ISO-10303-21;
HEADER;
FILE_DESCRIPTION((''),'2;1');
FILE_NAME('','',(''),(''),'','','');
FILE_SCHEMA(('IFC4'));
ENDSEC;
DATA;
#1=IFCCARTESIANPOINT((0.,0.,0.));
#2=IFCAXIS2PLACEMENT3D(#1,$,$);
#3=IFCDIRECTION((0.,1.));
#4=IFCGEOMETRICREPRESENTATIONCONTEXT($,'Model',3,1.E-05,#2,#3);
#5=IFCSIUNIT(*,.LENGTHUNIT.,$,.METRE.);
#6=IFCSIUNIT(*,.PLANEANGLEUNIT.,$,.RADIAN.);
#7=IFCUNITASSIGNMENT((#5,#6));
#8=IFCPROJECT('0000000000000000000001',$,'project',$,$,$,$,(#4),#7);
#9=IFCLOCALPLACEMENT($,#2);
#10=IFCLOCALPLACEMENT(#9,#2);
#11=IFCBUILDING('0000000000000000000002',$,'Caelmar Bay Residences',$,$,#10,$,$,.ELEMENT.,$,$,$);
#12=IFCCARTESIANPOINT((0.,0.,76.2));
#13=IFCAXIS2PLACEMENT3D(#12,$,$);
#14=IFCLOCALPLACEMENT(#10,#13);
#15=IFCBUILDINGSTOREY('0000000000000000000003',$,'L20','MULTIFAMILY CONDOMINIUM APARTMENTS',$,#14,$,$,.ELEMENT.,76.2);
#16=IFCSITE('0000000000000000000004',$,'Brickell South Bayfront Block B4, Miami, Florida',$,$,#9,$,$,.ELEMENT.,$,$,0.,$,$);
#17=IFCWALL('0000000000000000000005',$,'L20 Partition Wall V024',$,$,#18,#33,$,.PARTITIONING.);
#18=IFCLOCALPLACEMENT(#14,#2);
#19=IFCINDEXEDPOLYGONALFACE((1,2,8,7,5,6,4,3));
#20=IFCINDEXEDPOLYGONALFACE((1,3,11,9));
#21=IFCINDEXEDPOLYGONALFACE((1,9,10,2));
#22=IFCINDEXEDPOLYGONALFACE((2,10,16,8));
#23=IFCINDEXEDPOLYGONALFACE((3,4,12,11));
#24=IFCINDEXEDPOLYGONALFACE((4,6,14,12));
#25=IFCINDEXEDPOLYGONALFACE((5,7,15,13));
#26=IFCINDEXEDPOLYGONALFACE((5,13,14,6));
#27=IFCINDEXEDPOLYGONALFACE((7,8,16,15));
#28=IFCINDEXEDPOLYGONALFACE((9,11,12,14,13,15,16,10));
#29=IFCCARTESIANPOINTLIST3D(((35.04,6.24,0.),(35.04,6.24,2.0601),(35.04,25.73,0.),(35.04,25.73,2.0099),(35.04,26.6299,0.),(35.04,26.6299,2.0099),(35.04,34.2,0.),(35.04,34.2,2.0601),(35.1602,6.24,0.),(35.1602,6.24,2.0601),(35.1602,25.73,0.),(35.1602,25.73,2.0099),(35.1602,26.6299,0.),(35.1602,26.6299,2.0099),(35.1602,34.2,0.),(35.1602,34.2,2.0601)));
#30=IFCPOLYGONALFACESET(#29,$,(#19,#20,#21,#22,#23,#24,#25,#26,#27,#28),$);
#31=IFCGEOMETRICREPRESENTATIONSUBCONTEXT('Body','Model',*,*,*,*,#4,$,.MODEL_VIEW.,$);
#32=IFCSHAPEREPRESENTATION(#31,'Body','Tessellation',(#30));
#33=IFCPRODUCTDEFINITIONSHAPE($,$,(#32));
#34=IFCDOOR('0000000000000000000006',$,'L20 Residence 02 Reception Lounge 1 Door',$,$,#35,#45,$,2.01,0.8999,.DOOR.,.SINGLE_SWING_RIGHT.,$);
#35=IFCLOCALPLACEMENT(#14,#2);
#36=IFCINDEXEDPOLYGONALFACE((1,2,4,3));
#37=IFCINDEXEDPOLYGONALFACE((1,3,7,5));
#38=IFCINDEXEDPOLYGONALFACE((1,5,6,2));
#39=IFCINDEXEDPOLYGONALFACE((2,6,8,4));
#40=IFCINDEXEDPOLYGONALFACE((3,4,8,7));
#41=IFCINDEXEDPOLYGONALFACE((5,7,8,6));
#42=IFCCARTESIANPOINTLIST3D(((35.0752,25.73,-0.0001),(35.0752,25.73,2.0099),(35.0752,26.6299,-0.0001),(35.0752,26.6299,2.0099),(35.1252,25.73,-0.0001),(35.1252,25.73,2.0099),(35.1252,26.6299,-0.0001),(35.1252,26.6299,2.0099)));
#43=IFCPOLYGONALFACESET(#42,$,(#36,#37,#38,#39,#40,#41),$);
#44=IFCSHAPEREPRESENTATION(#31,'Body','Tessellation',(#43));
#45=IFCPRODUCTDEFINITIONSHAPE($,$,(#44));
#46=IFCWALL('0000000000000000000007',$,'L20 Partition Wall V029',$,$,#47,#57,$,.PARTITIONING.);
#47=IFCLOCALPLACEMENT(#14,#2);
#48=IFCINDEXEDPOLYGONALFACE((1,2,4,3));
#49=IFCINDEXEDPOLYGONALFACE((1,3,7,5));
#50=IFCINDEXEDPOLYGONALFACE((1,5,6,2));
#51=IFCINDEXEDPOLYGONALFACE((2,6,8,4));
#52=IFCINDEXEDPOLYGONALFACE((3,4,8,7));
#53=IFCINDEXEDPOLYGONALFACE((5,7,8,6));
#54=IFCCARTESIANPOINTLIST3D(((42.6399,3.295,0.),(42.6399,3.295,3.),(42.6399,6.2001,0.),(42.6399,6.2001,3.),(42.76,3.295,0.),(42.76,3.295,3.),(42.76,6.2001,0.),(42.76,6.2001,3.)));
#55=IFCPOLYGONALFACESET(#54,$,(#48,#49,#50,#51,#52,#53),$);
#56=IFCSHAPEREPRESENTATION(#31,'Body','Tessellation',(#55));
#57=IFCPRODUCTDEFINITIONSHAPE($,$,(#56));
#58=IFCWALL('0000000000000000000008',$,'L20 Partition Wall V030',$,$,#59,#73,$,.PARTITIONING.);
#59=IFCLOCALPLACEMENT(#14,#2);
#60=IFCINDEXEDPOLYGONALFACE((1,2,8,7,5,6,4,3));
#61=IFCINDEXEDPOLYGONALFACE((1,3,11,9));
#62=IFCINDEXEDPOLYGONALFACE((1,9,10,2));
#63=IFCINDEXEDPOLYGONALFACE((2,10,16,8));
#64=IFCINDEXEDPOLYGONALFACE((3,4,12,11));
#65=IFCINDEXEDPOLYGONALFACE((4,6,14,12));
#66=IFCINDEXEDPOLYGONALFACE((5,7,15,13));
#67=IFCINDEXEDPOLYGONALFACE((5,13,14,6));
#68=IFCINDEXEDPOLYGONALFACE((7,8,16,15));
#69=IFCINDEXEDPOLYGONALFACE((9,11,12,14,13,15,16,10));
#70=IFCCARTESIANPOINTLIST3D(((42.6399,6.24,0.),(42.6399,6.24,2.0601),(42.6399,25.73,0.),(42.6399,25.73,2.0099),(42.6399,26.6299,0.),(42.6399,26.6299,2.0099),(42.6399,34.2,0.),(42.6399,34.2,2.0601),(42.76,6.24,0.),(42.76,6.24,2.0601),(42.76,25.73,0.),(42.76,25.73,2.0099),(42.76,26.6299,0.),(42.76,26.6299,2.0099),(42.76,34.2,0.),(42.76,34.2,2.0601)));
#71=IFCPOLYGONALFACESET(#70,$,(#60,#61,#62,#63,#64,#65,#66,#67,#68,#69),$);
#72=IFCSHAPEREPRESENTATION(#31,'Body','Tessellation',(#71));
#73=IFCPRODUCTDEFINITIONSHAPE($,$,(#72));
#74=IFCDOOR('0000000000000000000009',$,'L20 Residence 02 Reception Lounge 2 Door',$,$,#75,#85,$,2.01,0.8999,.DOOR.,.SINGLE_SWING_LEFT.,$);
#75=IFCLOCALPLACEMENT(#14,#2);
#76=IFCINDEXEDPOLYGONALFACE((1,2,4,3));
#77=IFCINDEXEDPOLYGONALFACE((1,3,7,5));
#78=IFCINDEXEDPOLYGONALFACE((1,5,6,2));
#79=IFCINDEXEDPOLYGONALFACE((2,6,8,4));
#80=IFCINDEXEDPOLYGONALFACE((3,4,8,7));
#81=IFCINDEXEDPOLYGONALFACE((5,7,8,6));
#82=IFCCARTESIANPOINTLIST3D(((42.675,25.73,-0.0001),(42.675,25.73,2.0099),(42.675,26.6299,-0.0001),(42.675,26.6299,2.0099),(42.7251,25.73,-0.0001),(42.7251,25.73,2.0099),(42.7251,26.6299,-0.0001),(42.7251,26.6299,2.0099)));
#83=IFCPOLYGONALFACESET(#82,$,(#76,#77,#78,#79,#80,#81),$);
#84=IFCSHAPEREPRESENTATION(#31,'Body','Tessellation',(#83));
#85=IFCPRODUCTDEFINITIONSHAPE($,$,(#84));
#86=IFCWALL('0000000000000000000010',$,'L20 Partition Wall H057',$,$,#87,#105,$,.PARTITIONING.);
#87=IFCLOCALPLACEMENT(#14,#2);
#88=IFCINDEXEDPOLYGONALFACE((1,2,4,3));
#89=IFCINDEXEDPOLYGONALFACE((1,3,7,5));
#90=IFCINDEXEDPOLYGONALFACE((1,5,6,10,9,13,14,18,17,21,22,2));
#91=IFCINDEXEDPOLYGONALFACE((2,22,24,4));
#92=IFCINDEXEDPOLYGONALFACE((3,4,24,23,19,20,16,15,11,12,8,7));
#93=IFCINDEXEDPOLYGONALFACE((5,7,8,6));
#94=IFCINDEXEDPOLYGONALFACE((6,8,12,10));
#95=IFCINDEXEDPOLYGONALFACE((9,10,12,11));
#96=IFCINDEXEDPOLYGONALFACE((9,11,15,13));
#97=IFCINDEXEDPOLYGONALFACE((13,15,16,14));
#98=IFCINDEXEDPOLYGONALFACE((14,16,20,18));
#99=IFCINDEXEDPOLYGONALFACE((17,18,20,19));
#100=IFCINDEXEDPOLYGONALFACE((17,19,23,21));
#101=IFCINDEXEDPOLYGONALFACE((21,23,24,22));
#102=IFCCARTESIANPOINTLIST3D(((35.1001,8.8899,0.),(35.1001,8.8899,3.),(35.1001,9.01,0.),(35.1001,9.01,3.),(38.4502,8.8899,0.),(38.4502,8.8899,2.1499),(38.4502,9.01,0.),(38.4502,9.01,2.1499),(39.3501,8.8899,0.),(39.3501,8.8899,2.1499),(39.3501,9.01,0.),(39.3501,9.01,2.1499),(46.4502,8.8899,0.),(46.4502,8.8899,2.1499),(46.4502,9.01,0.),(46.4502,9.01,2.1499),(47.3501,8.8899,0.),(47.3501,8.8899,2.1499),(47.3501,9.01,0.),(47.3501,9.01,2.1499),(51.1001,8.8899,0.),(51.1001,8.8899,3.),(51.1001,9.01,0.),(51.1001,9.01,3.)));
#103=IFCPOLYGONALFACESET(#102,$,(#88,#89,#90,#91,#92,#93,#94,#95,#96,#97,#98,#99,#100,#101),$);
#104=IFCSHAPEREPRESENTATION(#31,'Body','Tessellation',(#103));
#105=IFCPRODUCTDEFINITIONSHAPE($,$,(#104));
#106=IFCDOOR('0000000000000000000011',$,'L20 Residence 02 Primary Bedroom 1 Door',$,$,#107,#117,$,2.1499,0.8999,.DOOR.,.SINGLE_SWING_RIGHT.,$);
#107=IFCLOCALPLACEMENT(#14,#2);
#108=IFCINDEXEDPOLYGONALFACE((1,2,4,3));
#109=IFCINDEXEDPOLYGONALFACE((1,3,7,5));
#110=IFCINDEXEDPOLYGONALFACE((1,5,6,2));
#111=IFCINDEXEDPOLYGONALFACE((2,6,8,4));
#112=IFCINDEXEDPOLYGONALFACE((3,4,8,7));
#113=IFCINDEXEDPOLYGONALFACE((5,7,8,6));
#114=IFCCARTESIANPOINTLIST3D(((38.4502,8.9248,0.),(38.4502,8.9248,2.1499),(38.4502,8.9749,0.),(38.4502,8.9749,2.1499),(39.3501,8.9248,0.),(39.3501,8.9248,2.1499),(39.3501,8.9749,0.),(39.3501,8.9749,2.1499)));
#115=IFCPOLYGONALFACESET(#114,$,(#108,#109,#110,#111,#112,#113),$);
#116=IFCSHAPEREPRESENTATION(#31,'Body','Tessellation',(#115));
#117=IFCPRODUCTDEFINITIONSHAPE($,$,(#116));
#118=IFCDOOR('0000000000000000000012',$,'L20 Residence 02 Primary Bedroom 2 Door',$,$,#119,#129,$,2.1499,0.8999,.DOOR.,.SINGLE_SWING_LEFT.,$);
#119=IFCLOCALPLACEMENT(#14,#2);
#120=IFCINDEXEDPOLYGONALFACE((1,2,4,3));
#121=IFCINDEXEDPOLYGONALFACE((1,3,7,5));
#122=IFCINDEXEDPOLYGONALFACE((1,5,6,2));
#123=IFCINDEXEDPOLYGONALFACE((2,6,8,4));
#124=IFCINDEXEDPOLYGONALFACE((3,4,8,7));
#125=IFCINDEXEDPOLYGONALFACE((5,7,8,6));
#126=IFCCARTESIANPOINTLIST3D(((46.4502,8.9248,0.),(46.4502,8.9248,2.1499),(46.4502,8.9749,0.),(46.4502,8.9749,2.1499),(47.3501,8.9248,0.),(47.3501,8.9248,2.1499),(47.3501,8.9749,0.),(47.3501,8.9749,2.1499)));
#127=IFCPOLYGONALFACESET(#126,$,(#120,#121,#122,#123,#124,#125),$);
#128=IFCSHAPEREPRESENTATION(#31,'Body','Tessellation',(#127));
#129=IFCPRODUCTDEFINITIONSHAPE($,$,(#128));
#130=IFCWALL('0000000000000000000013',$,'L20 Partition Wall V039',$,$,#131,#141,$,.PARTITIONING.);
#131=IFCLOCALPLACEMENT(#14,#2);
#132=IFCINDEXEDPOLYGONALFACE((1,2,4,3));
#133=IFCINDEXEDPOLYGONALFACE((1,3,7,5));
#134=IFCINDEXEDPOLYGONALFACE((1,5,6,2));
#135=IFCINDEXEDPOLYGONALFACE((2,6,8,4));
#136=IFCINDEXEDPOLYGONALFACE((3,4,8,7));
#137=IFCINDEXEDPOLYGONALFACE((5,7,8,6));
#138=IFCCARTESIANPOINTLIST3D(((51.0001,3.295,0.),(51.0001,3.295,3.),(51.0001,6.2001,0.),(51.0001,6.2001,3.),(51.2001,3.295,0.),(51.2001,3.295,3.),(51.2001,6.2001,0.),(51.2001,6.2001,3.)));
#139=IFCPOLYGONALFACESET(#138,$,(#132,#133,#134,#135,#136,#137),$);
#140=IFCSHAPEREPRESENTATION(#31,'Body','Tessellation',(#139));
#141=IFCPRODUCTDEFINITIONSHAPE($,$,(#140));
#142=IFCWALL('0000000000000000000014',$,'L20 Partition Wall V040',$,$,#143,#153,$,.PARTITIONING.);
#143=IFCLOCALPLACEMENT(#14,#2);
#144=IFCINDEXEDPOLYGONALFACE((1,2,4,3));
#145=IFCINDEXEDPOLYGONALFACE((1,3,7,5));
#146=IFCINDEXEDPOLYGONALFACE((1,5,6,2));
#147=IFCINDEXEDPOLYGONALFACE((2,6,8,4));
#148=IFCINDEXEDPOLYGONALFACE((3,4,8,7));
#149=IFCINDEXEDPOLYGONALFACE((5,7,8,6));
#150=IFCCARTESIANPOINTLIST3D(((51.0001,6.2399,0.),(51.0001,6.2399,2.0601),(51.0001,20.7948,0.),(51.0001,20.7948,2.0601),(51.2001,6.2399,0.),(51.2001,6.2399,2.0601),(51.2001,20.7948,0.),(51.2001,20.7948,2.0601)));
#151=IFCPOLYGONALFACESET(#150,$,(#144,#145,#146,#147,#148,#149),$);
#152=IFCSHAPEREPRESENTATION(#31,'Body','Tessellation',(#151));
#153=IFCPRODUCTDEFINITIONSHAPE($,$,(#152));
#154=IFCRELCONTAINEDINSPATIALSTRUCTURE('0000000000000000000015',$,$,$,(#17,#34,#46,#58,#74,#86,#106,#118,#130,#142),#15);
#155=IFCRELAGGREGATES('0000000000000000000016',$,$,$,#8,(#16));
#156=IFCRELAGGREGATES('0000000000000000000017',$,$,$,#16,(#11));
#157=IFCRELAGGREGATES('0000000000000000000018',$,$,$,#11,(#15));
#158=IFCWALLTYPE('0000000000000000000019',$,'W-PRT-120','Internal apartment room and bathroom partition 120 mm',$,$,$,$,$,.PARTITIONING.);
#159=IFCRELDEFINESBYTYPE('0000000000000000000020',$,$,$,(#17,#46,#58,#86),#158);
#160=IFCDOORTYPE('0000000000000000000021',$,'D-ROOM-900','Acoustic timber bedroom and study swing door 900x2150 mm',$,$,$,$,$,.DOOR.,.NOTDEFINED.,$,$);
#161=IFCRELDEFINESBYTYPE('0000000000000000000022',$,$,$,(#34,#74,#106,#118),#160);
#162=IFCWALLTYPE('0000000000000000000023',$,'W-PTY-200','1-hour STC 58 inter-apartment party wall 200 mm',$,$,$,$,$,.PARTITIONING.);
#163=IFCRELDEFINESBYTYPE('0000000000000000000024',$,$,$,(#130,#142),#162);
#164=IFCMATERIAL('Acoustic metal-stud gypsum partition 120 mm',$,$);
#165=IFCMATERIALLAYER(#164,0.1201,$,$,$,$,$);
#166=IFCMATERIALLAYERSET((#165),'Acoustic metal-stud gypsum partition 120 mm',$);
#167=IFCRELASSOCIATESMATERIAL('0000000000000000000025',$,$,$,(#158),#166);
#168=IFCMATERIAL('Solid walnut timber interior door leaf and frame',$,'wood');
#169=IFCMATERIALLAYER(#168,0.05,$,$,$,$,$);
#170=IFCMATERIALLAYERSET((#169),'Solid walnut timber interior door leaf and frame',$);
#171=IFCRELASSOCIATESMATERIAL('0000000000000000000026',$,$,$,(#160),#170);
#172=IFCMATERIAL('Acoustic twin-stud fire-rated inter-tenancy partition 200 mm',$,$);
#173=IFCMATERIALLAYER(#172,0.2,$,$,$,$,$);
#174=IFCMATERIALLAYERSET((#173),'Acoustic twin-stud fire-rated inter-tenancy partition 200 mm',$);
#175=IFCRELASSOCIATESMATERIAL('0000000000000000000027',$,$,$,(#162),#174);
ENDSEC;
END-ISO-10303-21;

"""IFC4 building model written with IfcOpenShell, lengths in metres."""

from ifc_helpers import new_model, si_unit, direction, frame, frame_2d, origin, place, context, subcontext, project, spatial, rectangle, extrude, material, layer, layer_set, type_object, element, fill, save


model = new_model("IFC4")

# Units and contexts
model_context = context("Model", 3, precision=1e-05, world=origin(), true_north=direction((0.0, 1.0)))
body_context = subcontext(model_context, "Body", "Model", "MODEL_VIEW")
ifc_project = project(units=[si_unit("LENGTHUNIT", "METRE"), si_unit("PLANEANGLEUNIT", "RADIAN")], contexts=[model_context])

# Site, building, storey
site_placement = place(None, origin())
site = spatial("IfcSite", under=ifc_project, at=site_placement, Name="Brickell South Bayfront Block B4, Miami, Florida", CompositionType="ELEMENT", RefElevation=0.0)
building_placement = place(site_placement, origin())
building = spatial("IfcBuilding", under=site, at=building_placement, Name="Caelmar Bay Residences", CompositionType="ELEMENT")
storey_placement = place(building_placement, frame((0.0, 0.0, 76.2)))
storey = spatial("IfcBuildingStorey", under=building, at=storey_placement, Name="L20", Description="MULTIFAMILY CONDOMINIUM APARTMENTS", CompositionType="ELEMENT", Elevation=76.2)

# Shared definitions
ifc_material_1 = material(Name="Acoustic metal-stud gypsum partition 120 mm")
ifc_layer_1 = layer(ifc_material_1, 0.1201)
ifc_layer_set_1 = layer_set([ifc_layer_1], Name="Acoustic metal-stud gypsum partition 120 mm")
wall_type_1 = type_object("IfcWallType", Name="W-PRT-120", Description="Internal apartment room and bathroom partition 120 mm", PredefinedType="PARTITIONING", material=ifc_layer_set_1)

# Wall, opening, door
wall_1_placement = place(storey_placement, frame((35.1001, 6.24, 0.0), z_axis=(0.0, 0.0, 1.0), x_axis=(0.0, 1.0, 0.0)))
wall_1 = element("IfcWall", 1, at=wall_1_placement, inside=storey, type_object=wall_type_1, Name="L20 Partition Wall V024", PredefinedType="PARTITIONING", context=body_context, shape_type="SweptSolid", body=[
    extrude(rectangle(XDim=27.96, YDim=0.1201, at=frame_2d((13.98, 0.0))), origin(), (0.0, 0.0, 1.0), 2.0601),
])
opening_1_placement = place(wall_1_placement, frame((19.49, 0.0, 0.0)))
opening_1 = element("IfcOpeningElement", 2, at=opening_1_placement, cuts=wall_1, PredefinedType="OPENING", context=body_context, shape_type="SweptSolid", body=[
    extrude(rectangle(XDim=0.8999, YDim=2.01, at=frame_2d((0.45, 1.0049))), frame((0.0, 0.0701, 0.0), z_axis=(0.0, -1.0, 0.0), x_axis=(1.0, 0.0, 0.0)), (0.0, 0.0, 1.0), 0.1401),
])
ifc_material_2 = material(Name="Solid walnut timber interior door leaf and frame", Category="wood")
ifc_layer_2 = layer(ifc_material_2, 0.05)
ifc_layer_set_2 = layer_set([ifc_layer_2], Name="Solid walnut timber interior door leaf and frame")
door_type = type_object("IfcDoorType", Name="D-ROOM-900", Description="Acoustic timber bedroom and study swing door 900x2150 mm", OperationType="NOTDEFINED", PredefinedType="DOOR", material=ifc_layer_set_2)
door_1_placement = place(opening_1_placement, origin())
door_1 = element("IfcDoor", 3, at=door_1_placement, inside=storey, type_object=door_type, Name="L20 Residence 02 Reception Lounge 1 Door", OperationType="SINGLE_SWING_RIGHT", OverallHeight=2.01, OverallWidth=0.8999, PredefinedType="DOOR", context=body_context, shape_type="SweptSolid", body=[
    extrude(rectangle(XDim=0.8999, YDim=2.01, at=frame_2d((0.45, 1.0049))), frame((0.0, 0.0249, 0.0), z_axis=(0.0, -1.0, 0.0), x_axis=(1.0, 0.0, 0.0)), (0.0, 0.0, 1.0), 0.05),
])
fill(opening_1, door_1)

# Wall
wall_2_placement = place(storey_placement, frame((42.7, 3.2949, 0.0), z_axis=(0.0, 0.0, 1.0), x_axis=(0.0, 1.0, 0.0)))
element("IfcWall", 4, at=wall_2_placement, inside=storey, type_object=wall_type_1, Name="L20 Partition Wall V029", PredefinedType="PARTITIONING", context=body_context, shape_type="SweptSolid", body=[
    extrude(rectangle(XDim=2.905, YDim=0.1201, at=frame_2d((1.4526, 0.0))), origin(), (0.0, 0.0, 1.0), 3.0),
])

# Wall, opening, door
wall_3_placement = place(storey_placement, frame((42.7, 6.24, 0.0), z_axis=(0.0, 0.0, 1.0), x_axis=(0.0, 1.0, 0.0)))
wall_3 = element("IfcWall", 5, at=wall_3_placement, inside=storey, type_object=wall_type_1, Name="L20 Partition Wall V030", PredefinedType="PARTITIONING", context=body_context, shape_type="SweptSolid", body=[
    extrude(rectangle(XDim=27.96, YDim=0.1201, at=frame_2d((13.98, 0.0))), origin(), (0.0, 0.0, 1.0), 2.0601),
])
opening_2_placement = place(wall_3_placement, frame((19.49, 0.0, 0.0)))
opening_2 = element("IfcOpeningElement", 6, at=opening_2_placement, cuts=wall_3, PredefinedType="OPENING", context=body_context, shape_type="SweptSolid", body=[
    extrude(rectangle(XDim=0.8999, YDim=2.01, at=frame_2d((0.45, 1.0049))), frame((0.0, 0.0701, 0.0), z_axis=(0.0, -1.0, 0.0), x_axis=(1.0, 0.0, 0.0)), (0.0, 0.0, 1.0), 0.1401),
])
door_2_placement = place(opening_2_placement, origin())
door_2 = element("IfcDoor", 7, at=door_2_placement, inside=storey, type_object=door_type, Name="L20 Residence 02 Reception Lounge 2 Door", OperationType="SINGLE_SWING_LEFT", OverallHeight=2.01, OverallWidth=0.8999, PredefinedType="DOOR", context=body_context, shape_type="SweptSolid", body=[
    extrude(rectangle(XDim=0.8999, YDim=2.01, at=frame_2d((0.45, 1.0049))), frame((0.0, 0.0249, 0.0), z_axis=(0.0, -1.0, 0.0), x_axis=(1.0, 0.0, 0.0)), (0.0, 0.0, 1.0), 0.05),
])
fill(opening_2, door_2)

# Wall, openings, doors
wall_4_placement = place(storey_placement, frame((35.1001, 8.95, 0.0), z_axis=(0.0, 0.0, 1.0), x_axis=(1.0, 0.0, 0.0)))
wall_4 = element("IfcWall", 8, at=wall_4_placement, inside=storey, type_object=wall_type_1, Name="L20 Partition Wall H057", PredefinedType="PARTITIONING", context=body_context, shape_type="SweptSolid", body=[
    extrude(rectangle(XDim=16.0, YDim=0.1201, at=frame_2d((8.0, 0.0))), origin(), (0.0, 0.0, 1.0), 3.0),
])
opening_3_placement = place(wall_4_placement, frame((3.3501, 0.0, 0.0)))
opening_3 = element("IfcOpeningElement", 9, at=opening_3_placement, cuts=wall_4, PredefinedType="OPENING", context=body_context, shape_type="SweptSolid", body=[
    extrude(rectangle(XDim=0.8999, YDim=2.1499, at=frame_2d((0.45, 1.075))), frame((0.0, 0.0701, 0.0), z_axis=(0.0, -1.0, 0.0), x_axis=(1.0, 0.0, 0.0)), (0.0, 0.0, 1.0), 0.1401),
])
opening_4_placement = place(wall_4_placement, frame((11.3501, 0.0, 0.0)))
opening_4 = element("IfcOpeningElement", 10, at=opening_4_placement, cuts=wall_4, PredefinedType="OPENING", context=body_context, shape_type="SweptSolid", body=[
    extrude(rectangle(XDim=0.8999, YDim=2.1499, at=frame_2d((0.45, 1.075))), frame((0.0, 0.0701, 0.0), z_axis=(0.0, -1.0, 0.0), x_axis=(1.0, 0.0, 0.0)), (0.0, 0.0, 1.0), 0.1401),
])
door_3_placement = place(opening_3_placement, origin())
door_3 = element("IfcDoor", 11, at=door_3_placement, inside=storey, type_object=door_type, Name="L20 Residence 02 Primary Bedroom 1 Door", OperationType="SINGLE_SWING_RIGHT", OverallHeight=2.1499, OverallWidth=0.8999, PredefinedType="DOOR", context=body_context, shape_type="SweptSolid", body=[
    extrude(rectangle(XDim=0.8999, YDim=2.1499, at=frame_2d((0.45, 1.075))), frame((0.0, 0.0249, 0.0), z_axis=(0.0, -1.0, 0.0), x_axis=(1.0, 0.0, 0.0)), (0.0, 0.0, 1.0), 0.05),
])
fill(opening_3, door_3)
door_4_placement = place(opening_4_placement, origin())
door_4 = element("IfcDoor", 12, at=door_4_placement, inside=storey, type_object=door_type, Name="L20 Residence 02 Primary Bedroom 2 Door", OperationType="SINGLE_SWING_LEFT", OverallHeight=2.1499, OverallWidth=0.8999, PredefinedType="DOOR", context=body_context, shape_type="SweptSolid", body=[
    extrude(rectangle(XDim=0.8999, YDim=2.1499, at=frame_2d((0.45, 1.075))), frame((0.0, 0.0249, 0.0), z_axis=(0.0, -1.0, 0.0), x_axis=(1.0, 0.0, 0.0)), (0.0, 0.0, 1.0), 0.05),
])
fill(opening_4, door_4)

# Walls
ifc_material_3 = material(Name="Acoustic twin-stud fire-rated inter-tenancy partition 200 mm")
ifc_layer_3 = layer(ifc_material_3, 0.2)
ifc_layer_set_3 = layer_set([ifc_layer_3], Name="Acoustic twin-stud fire-rated inter-tenancy partition 200 mm")
wall_type_2 = type_object("IfcWallType", Name="W-PTY-200", Description="1-hour STC 58 inter-apartment party wall 200 mm", PredefinedType="PARTITIONING", material=ifc_layer_set_3)
wall_5_placement = place(storey_placement, frame((51.1001, 3.2949, 0.0), z_axis=(0.0, 0.0, 1.0), x_axis=(0.0, 1.0, 0.0)))
element("IfcWall", 13, at=wall_5_placement, inside=storey, type_object=wall_type_2, Name="L20 Partition Wall V039", PredefinedType="PARTITIONING", context=body_context, shape_type="SweptSolid", body=[
    extrude(rectangle(XDim=2.905, YDim=0.2, at=frame_2d((1.4526, 0.0))), origin(), (0.0, 0.0, 1.0), 3.0),
])
wall_6_placement = place(storey_placement, frame((51.1001, 6.24, 0.0), z_axis=(0.0, 0.0, 1.0), x_axis=(0.0, 1.0, 0.0)))
element("IfcWall", 14, at=wall_6_placement, inside=storey, type_object=wall_type_2, Name="L20 Partition Wall V040", PredefinedType="PARTITIONING", context=body_context, shape_type="SweptSolid", body=[
    extrude(rectangle(XDim=14.5549, YDim=0.2, at=frame_2d((7.2773, 0.0))), origin(), (0.0, 0.0, 1.0), 2.0601),
])

save(model, "model.ifc")
